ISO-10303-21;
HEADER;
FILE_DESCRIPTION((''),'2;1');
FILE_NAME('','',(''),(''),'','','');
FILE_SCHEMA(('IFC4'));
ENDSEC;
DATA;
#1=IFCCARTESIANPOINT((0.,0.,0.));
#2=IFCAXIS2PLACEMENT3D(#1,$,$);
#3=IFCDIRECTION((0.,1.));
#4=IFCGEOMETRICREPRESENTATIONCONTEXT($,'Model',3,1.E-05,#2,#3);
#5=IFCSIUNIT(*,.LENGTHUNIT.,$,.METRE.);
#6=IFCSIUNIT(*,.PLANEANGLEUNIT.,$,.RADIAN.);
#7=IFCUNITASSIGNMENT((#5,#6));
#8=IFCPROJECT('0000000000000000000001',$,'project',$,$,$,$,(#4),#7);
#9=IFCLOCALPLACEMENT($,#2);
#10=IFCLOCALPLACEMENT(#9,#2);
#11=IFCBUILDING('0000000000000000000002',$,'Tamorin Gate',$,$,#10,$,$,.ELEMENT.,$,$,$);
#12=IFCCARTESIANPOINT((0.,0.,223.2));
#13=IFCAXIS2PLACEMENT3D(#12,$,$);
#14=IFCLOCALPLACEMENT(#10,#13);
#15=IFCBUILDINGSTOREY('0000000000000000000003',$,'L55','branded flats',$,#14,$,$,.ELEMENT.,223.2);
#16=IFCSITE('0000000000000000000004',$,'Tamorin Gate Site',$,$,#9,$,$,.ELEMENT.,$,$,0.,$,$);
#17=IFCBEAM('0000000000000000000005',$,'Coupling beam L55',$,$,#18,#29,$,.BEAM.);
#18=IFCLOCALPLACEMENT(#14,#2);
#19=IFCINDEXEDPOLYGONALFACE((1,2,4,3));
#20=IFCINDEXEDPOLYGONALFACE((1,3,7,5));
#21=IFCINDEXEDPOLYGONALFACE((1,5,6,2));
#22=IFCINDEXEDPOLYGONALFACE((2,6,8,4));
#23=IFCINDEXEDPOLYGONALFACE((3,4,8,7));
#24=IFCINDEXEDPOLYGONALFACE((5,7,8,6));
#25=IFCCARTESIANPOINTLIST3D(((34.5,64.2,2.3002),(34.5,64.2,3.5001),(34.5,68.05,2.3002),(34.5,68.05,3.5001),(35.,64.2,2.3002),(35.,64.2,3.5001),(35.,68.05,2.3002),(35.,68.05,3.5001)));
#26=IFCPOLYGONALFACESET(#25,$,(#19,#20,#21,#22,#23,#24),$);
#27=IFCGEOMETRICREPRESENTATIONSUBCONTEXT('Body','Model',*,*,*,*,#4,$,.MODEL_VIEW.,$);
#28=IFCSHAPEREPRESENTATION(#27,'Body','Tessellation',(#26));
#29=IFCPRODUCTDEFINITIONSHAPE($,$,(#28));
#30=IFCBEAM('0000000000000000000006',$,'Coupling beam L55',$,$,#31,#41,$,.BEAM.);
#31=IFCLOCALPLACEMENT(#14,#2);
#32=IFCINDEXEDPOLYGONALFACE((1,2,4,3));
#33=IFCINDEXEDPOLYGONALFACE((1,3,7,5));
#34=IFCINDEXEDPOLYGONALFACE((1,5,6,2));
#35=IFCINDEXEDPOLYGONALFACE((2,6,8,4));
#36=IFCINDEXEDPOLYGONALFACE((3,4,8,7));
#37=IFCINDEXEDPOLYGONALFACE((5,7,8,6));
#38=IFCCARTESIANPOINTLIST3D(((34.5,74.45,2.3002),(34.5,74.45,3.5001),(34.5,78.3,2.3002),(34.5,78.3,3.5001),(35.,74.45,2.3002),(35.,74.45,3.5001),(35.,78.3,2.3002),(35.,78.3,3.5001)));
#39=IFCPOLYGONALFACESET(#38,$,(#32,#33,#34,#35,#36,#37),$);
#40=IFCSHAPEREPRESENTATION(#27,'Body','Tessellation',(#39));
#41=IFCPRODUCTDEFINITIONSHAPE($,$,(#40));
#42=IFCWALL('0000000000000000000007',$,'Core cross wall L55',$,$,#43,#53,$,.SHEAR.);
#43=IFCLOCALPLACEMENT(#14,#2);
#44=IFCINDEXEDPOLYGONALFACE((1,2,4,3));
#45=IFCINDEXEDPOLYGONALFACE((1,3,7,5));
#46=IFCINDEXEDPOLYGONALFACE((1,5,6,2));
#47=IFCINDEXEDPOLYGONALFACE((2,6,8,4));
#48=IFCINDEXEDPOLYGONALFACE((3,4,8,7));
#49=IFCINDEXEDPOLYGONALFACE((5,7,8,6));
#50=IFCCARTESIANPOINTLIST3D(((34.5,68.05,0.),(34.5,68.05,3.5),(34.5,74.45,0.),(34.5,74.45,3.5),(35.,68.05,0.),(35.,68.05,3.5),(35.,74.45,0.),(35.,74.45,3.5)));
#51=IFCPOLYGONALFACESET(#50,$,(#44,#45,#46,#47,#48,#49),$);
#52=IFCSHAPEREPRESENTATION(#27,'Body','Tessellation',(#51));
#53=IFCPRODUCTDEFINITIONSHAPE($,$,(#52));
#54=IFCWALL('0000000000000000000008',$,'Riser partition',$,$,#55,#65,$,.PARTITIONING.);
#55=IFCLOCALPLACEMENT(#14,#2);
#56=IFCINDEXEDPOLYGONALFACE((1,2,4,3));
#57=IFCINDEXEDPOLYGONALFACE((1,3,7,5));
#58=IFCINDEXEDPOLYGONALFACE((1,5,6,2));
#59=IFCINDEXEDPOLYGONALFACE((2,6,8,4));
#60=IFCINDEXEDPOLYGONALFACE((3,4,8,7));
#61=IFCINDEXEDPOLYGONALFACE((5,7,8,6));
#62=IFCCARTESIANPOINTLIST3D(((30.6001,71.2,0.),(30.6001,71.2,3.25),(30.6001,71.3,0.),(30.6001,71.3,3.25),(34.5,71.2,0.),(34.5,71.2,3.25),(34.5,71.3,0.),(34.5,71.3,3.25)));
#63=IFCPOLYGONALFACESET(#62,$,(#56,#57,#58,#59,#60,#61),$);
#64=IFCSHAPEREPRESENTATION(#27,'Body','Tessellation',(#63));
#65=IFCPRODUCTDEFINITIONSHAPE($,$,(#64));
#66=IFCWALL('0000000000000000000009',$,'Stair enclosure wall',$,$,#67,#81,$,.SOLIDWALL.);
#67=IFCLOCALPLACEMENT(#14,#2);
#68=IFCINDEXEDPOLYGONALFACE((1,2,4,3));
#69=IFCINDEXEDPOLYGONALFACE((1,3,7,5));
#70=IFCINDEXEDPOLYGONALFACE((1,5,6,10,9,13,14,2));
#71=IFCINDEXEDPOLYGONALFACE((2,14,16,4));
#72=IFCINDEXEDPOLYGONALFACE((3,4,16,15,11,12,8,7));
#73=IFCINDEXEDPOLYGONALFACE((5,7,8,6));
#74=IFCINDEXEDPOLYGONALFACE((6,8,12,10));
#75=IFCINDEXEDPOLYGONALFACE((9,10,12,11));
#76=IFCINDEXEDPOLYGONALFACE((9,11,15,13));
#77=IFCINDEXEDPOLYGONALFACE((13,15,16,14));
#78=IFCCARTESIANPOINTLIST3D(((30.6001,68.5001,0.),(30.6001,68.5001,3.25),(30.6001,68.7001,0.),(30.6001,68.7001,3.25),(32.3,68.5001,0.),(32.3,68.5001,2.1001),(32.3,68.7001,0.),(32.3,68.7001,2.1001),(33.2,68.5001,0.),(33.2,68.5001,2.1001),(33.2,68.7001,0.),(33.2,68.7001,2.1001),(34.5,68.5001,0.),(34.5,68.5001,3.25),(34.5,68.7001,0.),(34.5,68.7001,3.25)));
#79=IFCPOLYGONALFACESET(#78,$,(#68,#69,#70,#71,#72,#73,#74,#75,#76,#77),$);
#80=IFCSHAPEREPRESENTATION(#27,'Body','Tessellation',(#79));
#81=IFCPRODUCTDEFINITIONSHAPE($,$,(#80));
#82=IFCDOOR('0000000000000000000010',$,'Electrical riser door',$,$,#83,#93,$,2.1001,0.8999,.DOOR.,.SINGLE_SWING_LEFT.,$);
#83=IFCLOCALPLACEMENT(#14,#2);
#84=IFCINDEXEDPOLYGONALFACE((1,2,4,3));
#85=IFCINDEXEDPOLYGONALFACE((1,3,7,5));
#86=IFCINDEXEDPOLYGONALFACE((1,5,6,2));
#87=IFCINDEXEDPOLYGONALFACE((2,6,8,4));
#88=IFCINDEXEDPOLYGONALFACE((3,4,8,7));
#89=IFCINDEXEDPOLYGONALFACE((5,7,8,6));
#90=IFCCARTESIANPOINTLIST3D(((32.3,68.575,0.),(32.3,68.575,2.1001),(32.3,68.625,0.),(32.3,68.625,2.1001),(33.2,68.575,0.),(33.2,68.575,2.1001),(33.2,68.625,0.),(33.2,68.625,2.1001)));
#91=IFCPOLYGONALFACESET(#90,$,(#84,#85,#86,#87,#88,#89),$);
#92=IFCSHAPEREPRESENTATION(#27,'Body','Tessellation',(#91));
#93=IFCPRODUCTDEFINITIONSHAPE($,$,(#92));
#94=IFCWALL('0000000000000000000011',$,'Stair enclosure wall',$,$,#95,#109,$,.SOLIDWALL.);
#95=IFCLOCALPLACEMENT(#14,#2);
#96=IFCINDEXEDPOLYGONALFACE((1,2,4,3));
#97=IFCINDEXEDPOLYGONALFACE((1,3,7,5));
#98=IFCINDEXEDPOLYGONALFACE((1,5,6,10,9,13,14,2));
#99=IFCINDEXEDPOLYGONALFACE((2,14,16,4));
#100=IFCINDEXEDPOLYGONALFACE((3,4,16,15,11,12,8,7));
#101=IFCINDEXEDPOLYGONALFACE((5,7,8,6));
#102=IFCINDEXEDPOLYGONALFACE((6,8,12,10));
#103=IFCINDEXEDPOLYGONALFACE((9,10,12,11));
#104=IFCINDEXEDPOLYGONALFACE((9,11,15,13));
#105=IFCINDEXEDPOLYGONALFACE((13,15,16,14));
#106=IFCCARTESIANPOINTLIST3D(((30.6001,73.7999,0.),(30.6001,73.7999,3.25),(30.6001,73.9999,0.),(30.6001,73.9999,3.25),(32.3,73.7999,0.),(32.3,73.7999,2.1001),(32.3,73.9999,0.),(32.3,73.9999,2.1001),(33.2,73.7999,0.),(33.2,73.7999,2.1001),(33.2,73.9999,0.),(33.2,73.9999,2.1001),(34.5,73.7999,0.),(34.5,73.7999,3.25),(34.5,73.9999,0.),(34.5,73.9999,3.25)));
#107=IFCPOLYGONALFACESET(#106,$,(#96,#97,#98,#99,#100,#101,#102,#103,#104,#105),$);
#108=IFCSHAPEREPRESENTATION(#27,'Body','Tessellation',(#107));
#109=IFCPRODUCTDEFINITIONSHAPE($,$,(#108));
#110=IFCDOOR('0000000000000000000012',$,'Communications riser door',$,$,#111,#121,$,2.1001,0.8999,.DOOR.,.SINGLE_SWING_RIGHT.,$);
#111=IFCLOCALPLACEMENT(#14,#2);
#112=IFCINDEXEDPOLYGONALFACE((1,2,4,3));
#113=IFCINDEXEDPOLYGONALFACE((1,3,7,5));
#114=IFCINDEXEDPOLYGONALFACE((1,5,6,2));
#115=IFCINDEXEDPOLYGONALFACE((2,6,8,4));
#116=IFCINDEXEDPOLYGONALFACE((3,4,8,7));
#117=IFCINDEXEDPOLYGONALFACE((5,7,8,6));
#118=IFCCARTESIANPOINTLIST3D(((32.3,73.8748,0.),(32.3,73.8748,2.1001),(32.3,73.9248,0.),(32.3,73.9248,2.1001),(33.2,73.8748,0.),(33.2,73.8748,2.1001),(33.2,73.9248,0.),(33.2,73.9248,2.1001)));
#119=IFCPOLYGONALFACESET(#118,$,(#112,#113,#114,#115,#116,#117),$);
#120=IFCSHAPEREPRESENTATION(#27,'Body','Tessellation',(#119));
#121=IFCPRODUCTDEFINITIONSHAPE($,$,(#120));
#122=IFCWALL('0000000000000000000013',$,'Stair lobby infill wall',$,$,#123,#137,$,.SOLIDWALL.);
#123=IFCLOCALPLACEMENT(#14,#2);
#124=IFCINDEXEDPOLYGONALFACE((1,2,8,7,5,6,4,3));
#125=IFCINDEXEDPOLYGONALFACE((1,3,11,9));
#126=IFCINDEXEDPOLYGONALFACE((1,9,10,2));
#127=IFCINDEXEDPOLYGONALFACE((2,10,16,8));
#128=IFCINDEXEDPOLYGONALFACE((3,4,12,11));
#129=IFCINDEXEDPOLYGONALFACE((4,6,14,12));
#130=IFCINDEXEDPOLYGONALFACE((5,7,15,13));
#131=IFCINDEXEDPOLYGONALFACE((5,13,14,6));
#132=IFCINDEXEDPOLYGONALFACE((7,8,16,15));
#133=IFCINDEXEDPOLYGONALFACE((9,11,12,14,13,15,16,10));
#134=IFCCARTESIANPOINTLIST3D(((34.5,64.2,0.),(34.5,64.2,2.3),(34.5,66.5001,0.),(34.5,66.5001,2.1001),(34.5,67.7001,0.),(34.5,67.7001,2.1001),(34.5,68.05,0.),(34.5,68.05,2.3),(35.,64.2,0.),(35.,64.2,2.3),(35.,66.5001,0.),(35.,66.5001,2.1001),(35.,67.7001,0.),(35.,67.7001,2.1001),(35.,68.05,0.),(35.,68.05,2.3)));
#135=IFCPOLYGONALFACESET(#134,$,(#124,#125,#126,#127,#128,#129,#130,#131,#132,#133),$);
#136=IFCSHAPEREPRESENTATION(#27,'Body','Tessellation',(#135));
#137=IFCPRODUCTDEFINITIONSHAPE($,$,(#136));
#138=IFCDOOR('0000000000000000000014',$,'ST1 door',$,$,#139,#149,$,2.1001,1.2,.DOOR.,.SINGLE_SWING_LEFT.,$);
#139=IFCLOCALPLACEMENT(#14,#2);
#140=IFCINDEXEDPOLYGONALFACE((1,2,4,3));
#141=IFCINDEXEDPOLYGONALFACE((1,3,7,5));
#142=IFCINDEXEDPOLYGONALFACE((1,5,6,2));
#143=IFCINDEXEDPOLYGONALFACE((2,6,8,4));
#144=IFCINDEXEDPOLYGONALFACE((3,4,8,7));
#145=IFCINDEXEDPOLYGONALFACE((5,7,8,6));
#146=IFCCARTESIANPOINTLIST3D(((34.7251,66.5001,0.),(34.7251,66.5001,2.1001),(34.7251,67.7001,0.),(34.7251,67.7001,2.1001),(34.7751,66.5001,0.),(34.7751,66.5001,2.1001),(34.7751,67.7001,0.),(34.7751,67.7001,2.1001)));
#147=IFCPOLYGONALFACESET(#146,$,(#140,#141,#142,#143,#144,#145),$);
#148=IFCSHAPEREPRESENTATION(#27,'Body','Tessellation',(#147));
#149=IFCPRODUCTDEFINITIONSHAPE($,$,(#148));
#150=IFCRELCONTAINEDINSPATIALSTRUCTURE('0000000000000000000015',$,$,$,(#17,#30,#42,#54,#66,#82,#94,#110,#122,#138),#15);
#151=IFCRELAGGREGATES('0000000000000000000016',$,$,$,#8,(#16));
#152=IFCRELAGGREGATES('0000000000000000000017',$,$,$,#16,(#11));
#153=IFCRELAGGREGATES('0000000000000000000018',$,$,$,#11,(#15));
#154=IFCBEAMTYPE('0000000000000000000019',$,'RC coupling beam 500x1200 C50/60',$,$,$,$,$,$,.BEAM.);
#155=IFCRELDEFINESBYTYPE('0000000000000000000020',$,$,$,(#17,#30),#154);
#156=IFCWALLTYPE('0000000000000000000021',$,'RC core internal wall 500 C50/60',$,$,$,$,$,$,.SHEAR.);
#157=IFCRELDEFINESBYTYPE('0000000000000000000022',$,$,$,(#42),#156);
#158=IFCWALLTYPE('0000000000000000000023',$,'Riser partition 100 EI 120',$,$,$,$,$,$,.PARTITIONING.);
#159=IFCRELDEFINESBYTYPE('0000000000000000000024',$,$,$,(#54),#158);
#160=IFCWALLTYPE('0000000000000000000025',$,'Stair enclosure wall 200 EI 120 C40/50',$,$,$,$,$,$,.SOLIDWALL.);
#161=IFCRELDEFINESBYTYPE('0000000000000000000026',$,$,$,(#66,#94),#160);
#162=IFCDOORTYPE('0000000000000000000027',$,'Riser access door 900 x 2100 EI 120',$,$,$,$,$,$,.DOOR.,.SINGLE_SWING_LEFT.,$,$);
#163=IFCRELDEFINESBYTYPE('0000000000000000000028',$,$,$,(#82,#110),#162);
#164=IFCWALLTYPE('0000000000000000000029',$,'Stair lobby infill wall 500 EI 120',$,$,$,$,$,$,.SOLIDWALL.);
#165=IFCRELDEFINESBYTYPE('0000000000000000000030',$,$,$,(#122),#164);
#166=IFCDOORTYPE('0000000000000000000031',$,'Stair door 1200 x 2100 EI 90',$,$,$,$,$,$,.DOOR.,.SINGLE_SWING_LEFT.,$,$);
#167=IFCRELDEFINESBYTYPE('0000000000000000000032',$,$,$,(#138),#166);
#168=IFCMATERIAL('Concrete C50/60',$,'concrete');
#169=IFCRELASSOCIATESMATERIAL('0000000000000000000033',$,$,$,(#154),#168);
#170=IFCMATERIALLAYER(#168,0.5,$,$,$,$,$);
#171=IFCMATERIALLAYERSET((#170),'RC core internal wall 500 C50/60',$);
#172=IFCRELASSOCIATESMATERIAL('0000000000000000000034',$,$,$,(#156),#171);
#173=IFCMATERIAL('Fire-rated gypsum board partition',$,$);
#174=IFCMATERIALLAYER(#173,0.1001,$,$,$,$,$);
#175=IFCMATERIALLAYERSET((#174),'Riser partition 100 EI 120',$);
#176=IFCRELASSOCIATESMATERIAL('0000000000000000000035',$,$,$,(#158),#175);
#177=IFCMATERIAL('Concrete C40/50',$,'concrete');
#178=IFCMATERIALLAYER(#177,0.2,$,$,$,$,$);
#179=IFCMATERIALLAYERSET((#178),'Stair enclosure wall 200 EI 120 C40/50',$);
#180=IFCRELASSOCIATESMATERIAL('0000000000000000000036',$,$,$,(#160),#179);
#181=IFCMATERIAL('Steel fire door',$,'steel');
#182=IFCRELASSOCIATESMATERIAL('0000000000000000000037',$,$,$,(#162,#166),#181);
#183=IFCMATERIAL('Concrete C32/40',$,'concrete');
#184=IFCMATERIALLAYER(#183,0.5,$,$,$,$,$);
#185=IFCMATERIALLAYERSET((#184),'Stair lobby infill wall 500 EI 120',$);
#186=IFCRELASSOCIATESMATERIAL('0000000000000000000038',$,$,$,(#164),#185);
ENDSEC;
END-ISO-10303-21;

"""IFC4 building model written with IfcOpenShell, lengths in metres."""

from ifc_helpers import new_model, si_unit, direction, frame, frame_2d, origin, origin_2d, place, context, subcontext, project, spatial, rectangle, extrude, material, layer, layer_set, material_profile, profile_set, type_object, element, fill, save


model = new_model("IFC4")

# Units and contexts
model_context = context("Model", 3, precision=1e-05, world=origin(), true_north=direction((0.0, 1.0)))
body_context = subcontext(model_context, "Body", "Model", "MODEL_VIEW")
ifc_project = project(units=[si_unit("LENGTHUNIT", "METRE"), si_unit("PLANEANGLEUNIT", "RADIAN")], contexts=[model_context])

# Site, building, storey
site_placement = place(None, origin())
site = spatial("IfcSite", under=ifc_project, at=site_placement, Name="Tamorin Gate Site", CompositionType="ELEMENT", RefElevation=0.0)
building_placement = place(site_placement, origin())
building = spatial("IfcBuilding", under=site, at=building_placement, Name="Tamorin Gate", CompositionType="ELEMENT")
storey_placement = place(building_placement, frame((0.0, 0.0, 223.2)))
storey = spatial("IfcBuildingStorey", under=building, at=storey_placement, Name="L55", Description="branded flats", CompositionType="ELEMENT", Elevation=223.2)

# Beams
ifc_material_1 = material(Name="Concrete C50/60", Category="concrete")
ifc_material_profile = material_profile(ifc_material_1, rectangle(XDim=0.5, YDim=1.2, at=origin_2d()), Name="RC 500x1200")
ifc_profile_set = profile_set([ifc_material_profile], Name="Concrete C50/60")
beam_type = type_object("IfcBeamType", Name="RC coupling beam 500x1200 C50/60", PredefinedType="BEAM", material=ifc_profile_set)
for number, where, z_axis, x_axis, name in (
    (1, (34.75, 64.2, 2.9001), (0.0, 1.0, 0.0), (-1.0, 0.0, 0.0), "Coupling beam L55"),
    (2, (34.75, 74.45, 2.9001), (0.0, 1.0, 0.0), (-1.0, 0.0, 0.0), "Coupling beam L55"),
):
    element("IfcBeam", number, at=place(storey_placement, frame(where, z_axis=z_axis, x_axis=x_axis)), inside=storey, type_object=beam_type, Name=name, PredefinedType="BEAM", context=body_context, shape_type="SweptSolid", body=[
        extrude(rectangle(XDim=0.5, YDim=1.2, at=origin_2d()), origin(), (0.0, 0.0, 1.0), 3.8501),
    ])

# Walls
ifc_layer_1 = layer(ifc_material_1, 0.5)
ifc_layer_set_1 = layer_set([ifc_layer_1], Name="RC core internal wall 500 C50/60")
wall_type_1 = type_object("IfcWallType", Name="RC core internal wall 500 C50/60", PredefinedType="SHEAR", material=ifc_layer_set_1)
wall_1_placement = place(storey_placement, frame((34.75, 68.05, 0.0), z_axis=(0.0, 0.0, 1.0), x_axis=(0.0, 1.0, 0.0)))
element("IfcWall", 3, at=wall_1_placement, inside=storey, type_object=wall_type_1, Name="Core cross wall L55", PredefinedType="SHEAR", context=body_context, shape_type="SweptSolid", body=[
    extrude(rectangle(XDim=6.3999, YDim=0.5, at=frame_2d((3.2, 0.0))), origin(), (0.0, 0.0, 1.0), 3.5),
])
ifc_material_2 = material(Name="Fire-rated gypsum board partition")
ifc_layer_2 = layer(ifc_material_2, 0.1001)
ifc_layer_set_2 = layer_set([ifc_layer_2], Name="Riser partition 100 EI 120")
wall_type_2 = type_object("IfcWallType", Name="Riser partition 100 EI 120", PredefinedType="PARTITIONING", material=ifc_layer_set_2)
wall_2_placement = place(storey_placement, frame((30.6001, 71.25, 0.0), z_axis=(0.0, 0.0, 1.0), x_axis=(1.0, 0.0, 0.0)))
element("IfcWall", 4, at=wall_2_placement, inside=storey, type_object=wall_type_2, Name="Riser partition", PredefinedType="PARTITIONING", context=body_context, shape_type="SweptSolid", body=[
    extrude(rectangle(XDim=3.8999, YDim=0.1001, at=frame_2d((1.95, 0.0))), origin(), (0.0, 0.0, 1.0), 3.25),
])

# Walls, openings, doors
ifc_material_3 = material(Name="Concrete C40/50", Category="concrete")
ifc_layer_3 = layer(ifc_material_3, 0.2)
ifc_layer_set_3 = layer_set([ifc_layer_3], Name="Stair enclosure wall 200 EI 120 C40/50")
wall_type_3 = type_object("IfcWallType", Name="Stair enclosure wall 200 EI 120 C40/50", PredefinedType="SOLIDWALL", material=ifc_layer_set_3)
wall_3_placement = place(storey_placement, frame((30.6001, 68.6001, 0.0), z_axis=(0.0, 0.0, 1.0), x_axis=(1.0, 0.0, 0.0)))
wall_3 = element("IfcWall", 5, at=wall_3_placement, inside=storey, type_object=wall_type_3, Name="Stair enclosure wall", PredefinedType="SOLIDWALL", context=body_context, shape_type="SweptSolid", body=[
    extrude(rectangle(XDim=3.8999, YDim=0.2, at=frame_2d((1.95, 0.0))), origin(), (0.0, 0.0, 1.0), 3.25),
])
opening_1_placement = place(wall_3_placement, frame((1.7, 0.0, 0.0)))
opening_1 = element("IfcOpeningElement", 6, at=opening_1_placement, cuts=wall_3, PredefinedType="OPENING", context=body_context, shape_type="SweptSolid", body=[
    extrude(rectangle(XDim=0.8999, YDim=2.1001, at=frame_2d((0.45, 1.05))), frame((0.0, 0.1099, 0.0), z_axis=(0.0, -1.0, 0.0), x_axis=(1.0, 0.0, 0.0)), (0.0, 0.0, 1.0), 0.22),
])
ifc_material_4 = material(Name="Steel fire door", Category="steel")
door_type_1 = type_object("IfcDoorType", Name="Riser access door 900 x 2100 EI 120", OperationType="SINGLE_SWING_LEFT", PredefinedType="DOOR", material=ifc_material_4)
door_1_placement = place(opening_1_placement, origin())
door_1 = element("IfcDoor", 7, at=door_1_placement, inside=storey, type_object=door_type_1, Name="Electrical riser door", OperationType="SINGLE_SWING_LEFT", OverallHeight=2.1001, OverallWidth=0.8999, PredefinedType="DOOR", context=body_context, shape_type="SweptSolid", body=[
    extrude(rectangle(XDim=0.8999, YDim=2.1001, at=frame_2d((0.45, 1.05))), frame((0.0, 0.0249, 0.0), z_axis=(0.0, -1.0, 0.0), x_axis=(1.0, 0.0, 0.0)), (0.0, 0.0, 1.0), 0.05),
])
fill(opening_1, door_1)
wall_4_placement = place(storey_placement, frame((30.6001, 73.8999, 0.0), z_axis=(0.0, 0.0, 1.0), x_axis=(1.0, 0.0, 0.0)))
wall_4 = element("IfcWall", 8, at=wall_4_placement, inside=storey, type_object=wall_type_3, Name="Stair enclosure wall", PredefinedType="SOLIDWALL", context=body_context, shape_type="SweptSolid", body=[
    extrude(rectangle(XDim=3.8999, YDim=0.2, at=frame_2d((1.95, 0.0))), origin(), (0.0, 0.0, 1.0), 3.25),
])
opening_2_placement = place(wall_4_placement, frame((1.7, 0.0, 0.0)))
opening_2 = element("IfcOpeningElement", 9, at=opening_2_placement, cuts=wall_4, PredefinedType="OPENING", context=body_context, shape_type="SweptSolid", body=[
    extrude(rectangle(XDim=0.8999, YDim=2.1001, at=frame_2d((0.45, 1.05))), frame((0.0, 0.1099, 0.0), z_axis=(0.0, -1.0, 0.0), x_axis=(1.0, 0.0, 0.0)), (0.0, 0.0, 1.0), 0.22),
])
door_2_placement = place(opening_2_placement, origin())
door_2 = element("IfcDoor", 10, at=door_2_placement, inside=storey, type_object=door_type_1, Name="Communications riser door", OperationType="SINGLE_SWING_RIGHT", OverallHeight=2.1001, OverallWidth=0.8999, PredefinedType="DOOR", context=body_context, shape_type="SweptSolid", body=[
    extrude(rectangle(XDim=0.8999, YDim=2.1001, at=frame_2d((0.45, 1.05))), frame((0.0, 0.0249, 0.0), z_axis=(0.0, -1.0, 0.0), x_axis=(1.0, 0.0, 0.0)), (0.0, 0.0, 1.0), 0.05),
])
fill(opening_2, door_2)
ifc_material_5 = material(Name="Concrete C32/40", Category="concrete")
ifc_layer_4 = layer(ifc_material_5, 0.5)
ifc_layer_set_4 = layer_set([ifc_layer_4], Name="Stair lobby infill wall 500 EI 120")
wall_type_4 = type_object("IfcWallType", Name="Stair lobby infill wall 500 EI 120", PredefinedType="SOLIDWALL", material=ifc_layer_set_4)
wall_5_placement = place(storey_placement, frame((34.75, 64.2, 0.0), z_axis=(0.0, 0.0, 1.0), x_axis=(0.0, 1.0, 0.0)))
wall_5 = element("IfcWall", 11, at=wall_5_placement, inside=storey, type_object=wall_type_4, Name="Stair lobby infill wall", PredefinedType="SOLIDWALL", context=body_context, shape_type="SweptSolid", body=[
    extrude(rectangle(XDim=3.8501, YDim=0.5, at=frame_2d((1.925, 0.0))), origin(), (0.0, 0.0, 1.0), 2.3),
])
opening_3_placement = place(wall_5_placement, frame((2.3, 0.0, 0.0)))
opening_3 = element("IfcOpeningElement", 12, at=opening_3_placement, cuts=wall_5, PredefinedType="OPENING", context=body_context, shape_type="SweptSolid", body=[
    extrude(rectangle(XDim=1.2, YDim=2.1001, at=frame_2d((0.6001, 1.05))), frame((0.0, 0.26, 0.0), z_axis=(0.0, -1.0, 0.0), x_axis=(1.0, 0.0, 0.0)), (0.0, 0.0, 1.0), 0.52),
])
door_type_2 = type_object("IfcDoorType", Name="Stair door 1200 x 2100 EI 90", OperationType="SINGLE_SWING_LEFT", PredefinedType="DOOR", material=ifc_material_4)
door_3_placement = place(opening_3_placement, origin())
door_3 = element("IfcDoor", 13, at=door_3_placement, inside=storey, type_object=door_type_2, Name="ST1 door", OperationType="SINGLE_SWING_LEFT", OverallHeight=2.1001, OverallWidth=1.2, PredefinedType="DOOR", context=body_context, shape_type="SweptSolid", body=[
    extrude(rectangle(XDim=1.2, YDim=2.1001, at=frame_2d((0.6001, 1.05))), frame((0.0, 0.0249, 0.0), z_axis=(0.0, -1.0, 0.0), x_axis=(1.0, 0.0, 0.0)), (0.0, 0.0, 1.0), 0.05),
])
fill(opening_3, door_3)

save(model, "model.ifc")
